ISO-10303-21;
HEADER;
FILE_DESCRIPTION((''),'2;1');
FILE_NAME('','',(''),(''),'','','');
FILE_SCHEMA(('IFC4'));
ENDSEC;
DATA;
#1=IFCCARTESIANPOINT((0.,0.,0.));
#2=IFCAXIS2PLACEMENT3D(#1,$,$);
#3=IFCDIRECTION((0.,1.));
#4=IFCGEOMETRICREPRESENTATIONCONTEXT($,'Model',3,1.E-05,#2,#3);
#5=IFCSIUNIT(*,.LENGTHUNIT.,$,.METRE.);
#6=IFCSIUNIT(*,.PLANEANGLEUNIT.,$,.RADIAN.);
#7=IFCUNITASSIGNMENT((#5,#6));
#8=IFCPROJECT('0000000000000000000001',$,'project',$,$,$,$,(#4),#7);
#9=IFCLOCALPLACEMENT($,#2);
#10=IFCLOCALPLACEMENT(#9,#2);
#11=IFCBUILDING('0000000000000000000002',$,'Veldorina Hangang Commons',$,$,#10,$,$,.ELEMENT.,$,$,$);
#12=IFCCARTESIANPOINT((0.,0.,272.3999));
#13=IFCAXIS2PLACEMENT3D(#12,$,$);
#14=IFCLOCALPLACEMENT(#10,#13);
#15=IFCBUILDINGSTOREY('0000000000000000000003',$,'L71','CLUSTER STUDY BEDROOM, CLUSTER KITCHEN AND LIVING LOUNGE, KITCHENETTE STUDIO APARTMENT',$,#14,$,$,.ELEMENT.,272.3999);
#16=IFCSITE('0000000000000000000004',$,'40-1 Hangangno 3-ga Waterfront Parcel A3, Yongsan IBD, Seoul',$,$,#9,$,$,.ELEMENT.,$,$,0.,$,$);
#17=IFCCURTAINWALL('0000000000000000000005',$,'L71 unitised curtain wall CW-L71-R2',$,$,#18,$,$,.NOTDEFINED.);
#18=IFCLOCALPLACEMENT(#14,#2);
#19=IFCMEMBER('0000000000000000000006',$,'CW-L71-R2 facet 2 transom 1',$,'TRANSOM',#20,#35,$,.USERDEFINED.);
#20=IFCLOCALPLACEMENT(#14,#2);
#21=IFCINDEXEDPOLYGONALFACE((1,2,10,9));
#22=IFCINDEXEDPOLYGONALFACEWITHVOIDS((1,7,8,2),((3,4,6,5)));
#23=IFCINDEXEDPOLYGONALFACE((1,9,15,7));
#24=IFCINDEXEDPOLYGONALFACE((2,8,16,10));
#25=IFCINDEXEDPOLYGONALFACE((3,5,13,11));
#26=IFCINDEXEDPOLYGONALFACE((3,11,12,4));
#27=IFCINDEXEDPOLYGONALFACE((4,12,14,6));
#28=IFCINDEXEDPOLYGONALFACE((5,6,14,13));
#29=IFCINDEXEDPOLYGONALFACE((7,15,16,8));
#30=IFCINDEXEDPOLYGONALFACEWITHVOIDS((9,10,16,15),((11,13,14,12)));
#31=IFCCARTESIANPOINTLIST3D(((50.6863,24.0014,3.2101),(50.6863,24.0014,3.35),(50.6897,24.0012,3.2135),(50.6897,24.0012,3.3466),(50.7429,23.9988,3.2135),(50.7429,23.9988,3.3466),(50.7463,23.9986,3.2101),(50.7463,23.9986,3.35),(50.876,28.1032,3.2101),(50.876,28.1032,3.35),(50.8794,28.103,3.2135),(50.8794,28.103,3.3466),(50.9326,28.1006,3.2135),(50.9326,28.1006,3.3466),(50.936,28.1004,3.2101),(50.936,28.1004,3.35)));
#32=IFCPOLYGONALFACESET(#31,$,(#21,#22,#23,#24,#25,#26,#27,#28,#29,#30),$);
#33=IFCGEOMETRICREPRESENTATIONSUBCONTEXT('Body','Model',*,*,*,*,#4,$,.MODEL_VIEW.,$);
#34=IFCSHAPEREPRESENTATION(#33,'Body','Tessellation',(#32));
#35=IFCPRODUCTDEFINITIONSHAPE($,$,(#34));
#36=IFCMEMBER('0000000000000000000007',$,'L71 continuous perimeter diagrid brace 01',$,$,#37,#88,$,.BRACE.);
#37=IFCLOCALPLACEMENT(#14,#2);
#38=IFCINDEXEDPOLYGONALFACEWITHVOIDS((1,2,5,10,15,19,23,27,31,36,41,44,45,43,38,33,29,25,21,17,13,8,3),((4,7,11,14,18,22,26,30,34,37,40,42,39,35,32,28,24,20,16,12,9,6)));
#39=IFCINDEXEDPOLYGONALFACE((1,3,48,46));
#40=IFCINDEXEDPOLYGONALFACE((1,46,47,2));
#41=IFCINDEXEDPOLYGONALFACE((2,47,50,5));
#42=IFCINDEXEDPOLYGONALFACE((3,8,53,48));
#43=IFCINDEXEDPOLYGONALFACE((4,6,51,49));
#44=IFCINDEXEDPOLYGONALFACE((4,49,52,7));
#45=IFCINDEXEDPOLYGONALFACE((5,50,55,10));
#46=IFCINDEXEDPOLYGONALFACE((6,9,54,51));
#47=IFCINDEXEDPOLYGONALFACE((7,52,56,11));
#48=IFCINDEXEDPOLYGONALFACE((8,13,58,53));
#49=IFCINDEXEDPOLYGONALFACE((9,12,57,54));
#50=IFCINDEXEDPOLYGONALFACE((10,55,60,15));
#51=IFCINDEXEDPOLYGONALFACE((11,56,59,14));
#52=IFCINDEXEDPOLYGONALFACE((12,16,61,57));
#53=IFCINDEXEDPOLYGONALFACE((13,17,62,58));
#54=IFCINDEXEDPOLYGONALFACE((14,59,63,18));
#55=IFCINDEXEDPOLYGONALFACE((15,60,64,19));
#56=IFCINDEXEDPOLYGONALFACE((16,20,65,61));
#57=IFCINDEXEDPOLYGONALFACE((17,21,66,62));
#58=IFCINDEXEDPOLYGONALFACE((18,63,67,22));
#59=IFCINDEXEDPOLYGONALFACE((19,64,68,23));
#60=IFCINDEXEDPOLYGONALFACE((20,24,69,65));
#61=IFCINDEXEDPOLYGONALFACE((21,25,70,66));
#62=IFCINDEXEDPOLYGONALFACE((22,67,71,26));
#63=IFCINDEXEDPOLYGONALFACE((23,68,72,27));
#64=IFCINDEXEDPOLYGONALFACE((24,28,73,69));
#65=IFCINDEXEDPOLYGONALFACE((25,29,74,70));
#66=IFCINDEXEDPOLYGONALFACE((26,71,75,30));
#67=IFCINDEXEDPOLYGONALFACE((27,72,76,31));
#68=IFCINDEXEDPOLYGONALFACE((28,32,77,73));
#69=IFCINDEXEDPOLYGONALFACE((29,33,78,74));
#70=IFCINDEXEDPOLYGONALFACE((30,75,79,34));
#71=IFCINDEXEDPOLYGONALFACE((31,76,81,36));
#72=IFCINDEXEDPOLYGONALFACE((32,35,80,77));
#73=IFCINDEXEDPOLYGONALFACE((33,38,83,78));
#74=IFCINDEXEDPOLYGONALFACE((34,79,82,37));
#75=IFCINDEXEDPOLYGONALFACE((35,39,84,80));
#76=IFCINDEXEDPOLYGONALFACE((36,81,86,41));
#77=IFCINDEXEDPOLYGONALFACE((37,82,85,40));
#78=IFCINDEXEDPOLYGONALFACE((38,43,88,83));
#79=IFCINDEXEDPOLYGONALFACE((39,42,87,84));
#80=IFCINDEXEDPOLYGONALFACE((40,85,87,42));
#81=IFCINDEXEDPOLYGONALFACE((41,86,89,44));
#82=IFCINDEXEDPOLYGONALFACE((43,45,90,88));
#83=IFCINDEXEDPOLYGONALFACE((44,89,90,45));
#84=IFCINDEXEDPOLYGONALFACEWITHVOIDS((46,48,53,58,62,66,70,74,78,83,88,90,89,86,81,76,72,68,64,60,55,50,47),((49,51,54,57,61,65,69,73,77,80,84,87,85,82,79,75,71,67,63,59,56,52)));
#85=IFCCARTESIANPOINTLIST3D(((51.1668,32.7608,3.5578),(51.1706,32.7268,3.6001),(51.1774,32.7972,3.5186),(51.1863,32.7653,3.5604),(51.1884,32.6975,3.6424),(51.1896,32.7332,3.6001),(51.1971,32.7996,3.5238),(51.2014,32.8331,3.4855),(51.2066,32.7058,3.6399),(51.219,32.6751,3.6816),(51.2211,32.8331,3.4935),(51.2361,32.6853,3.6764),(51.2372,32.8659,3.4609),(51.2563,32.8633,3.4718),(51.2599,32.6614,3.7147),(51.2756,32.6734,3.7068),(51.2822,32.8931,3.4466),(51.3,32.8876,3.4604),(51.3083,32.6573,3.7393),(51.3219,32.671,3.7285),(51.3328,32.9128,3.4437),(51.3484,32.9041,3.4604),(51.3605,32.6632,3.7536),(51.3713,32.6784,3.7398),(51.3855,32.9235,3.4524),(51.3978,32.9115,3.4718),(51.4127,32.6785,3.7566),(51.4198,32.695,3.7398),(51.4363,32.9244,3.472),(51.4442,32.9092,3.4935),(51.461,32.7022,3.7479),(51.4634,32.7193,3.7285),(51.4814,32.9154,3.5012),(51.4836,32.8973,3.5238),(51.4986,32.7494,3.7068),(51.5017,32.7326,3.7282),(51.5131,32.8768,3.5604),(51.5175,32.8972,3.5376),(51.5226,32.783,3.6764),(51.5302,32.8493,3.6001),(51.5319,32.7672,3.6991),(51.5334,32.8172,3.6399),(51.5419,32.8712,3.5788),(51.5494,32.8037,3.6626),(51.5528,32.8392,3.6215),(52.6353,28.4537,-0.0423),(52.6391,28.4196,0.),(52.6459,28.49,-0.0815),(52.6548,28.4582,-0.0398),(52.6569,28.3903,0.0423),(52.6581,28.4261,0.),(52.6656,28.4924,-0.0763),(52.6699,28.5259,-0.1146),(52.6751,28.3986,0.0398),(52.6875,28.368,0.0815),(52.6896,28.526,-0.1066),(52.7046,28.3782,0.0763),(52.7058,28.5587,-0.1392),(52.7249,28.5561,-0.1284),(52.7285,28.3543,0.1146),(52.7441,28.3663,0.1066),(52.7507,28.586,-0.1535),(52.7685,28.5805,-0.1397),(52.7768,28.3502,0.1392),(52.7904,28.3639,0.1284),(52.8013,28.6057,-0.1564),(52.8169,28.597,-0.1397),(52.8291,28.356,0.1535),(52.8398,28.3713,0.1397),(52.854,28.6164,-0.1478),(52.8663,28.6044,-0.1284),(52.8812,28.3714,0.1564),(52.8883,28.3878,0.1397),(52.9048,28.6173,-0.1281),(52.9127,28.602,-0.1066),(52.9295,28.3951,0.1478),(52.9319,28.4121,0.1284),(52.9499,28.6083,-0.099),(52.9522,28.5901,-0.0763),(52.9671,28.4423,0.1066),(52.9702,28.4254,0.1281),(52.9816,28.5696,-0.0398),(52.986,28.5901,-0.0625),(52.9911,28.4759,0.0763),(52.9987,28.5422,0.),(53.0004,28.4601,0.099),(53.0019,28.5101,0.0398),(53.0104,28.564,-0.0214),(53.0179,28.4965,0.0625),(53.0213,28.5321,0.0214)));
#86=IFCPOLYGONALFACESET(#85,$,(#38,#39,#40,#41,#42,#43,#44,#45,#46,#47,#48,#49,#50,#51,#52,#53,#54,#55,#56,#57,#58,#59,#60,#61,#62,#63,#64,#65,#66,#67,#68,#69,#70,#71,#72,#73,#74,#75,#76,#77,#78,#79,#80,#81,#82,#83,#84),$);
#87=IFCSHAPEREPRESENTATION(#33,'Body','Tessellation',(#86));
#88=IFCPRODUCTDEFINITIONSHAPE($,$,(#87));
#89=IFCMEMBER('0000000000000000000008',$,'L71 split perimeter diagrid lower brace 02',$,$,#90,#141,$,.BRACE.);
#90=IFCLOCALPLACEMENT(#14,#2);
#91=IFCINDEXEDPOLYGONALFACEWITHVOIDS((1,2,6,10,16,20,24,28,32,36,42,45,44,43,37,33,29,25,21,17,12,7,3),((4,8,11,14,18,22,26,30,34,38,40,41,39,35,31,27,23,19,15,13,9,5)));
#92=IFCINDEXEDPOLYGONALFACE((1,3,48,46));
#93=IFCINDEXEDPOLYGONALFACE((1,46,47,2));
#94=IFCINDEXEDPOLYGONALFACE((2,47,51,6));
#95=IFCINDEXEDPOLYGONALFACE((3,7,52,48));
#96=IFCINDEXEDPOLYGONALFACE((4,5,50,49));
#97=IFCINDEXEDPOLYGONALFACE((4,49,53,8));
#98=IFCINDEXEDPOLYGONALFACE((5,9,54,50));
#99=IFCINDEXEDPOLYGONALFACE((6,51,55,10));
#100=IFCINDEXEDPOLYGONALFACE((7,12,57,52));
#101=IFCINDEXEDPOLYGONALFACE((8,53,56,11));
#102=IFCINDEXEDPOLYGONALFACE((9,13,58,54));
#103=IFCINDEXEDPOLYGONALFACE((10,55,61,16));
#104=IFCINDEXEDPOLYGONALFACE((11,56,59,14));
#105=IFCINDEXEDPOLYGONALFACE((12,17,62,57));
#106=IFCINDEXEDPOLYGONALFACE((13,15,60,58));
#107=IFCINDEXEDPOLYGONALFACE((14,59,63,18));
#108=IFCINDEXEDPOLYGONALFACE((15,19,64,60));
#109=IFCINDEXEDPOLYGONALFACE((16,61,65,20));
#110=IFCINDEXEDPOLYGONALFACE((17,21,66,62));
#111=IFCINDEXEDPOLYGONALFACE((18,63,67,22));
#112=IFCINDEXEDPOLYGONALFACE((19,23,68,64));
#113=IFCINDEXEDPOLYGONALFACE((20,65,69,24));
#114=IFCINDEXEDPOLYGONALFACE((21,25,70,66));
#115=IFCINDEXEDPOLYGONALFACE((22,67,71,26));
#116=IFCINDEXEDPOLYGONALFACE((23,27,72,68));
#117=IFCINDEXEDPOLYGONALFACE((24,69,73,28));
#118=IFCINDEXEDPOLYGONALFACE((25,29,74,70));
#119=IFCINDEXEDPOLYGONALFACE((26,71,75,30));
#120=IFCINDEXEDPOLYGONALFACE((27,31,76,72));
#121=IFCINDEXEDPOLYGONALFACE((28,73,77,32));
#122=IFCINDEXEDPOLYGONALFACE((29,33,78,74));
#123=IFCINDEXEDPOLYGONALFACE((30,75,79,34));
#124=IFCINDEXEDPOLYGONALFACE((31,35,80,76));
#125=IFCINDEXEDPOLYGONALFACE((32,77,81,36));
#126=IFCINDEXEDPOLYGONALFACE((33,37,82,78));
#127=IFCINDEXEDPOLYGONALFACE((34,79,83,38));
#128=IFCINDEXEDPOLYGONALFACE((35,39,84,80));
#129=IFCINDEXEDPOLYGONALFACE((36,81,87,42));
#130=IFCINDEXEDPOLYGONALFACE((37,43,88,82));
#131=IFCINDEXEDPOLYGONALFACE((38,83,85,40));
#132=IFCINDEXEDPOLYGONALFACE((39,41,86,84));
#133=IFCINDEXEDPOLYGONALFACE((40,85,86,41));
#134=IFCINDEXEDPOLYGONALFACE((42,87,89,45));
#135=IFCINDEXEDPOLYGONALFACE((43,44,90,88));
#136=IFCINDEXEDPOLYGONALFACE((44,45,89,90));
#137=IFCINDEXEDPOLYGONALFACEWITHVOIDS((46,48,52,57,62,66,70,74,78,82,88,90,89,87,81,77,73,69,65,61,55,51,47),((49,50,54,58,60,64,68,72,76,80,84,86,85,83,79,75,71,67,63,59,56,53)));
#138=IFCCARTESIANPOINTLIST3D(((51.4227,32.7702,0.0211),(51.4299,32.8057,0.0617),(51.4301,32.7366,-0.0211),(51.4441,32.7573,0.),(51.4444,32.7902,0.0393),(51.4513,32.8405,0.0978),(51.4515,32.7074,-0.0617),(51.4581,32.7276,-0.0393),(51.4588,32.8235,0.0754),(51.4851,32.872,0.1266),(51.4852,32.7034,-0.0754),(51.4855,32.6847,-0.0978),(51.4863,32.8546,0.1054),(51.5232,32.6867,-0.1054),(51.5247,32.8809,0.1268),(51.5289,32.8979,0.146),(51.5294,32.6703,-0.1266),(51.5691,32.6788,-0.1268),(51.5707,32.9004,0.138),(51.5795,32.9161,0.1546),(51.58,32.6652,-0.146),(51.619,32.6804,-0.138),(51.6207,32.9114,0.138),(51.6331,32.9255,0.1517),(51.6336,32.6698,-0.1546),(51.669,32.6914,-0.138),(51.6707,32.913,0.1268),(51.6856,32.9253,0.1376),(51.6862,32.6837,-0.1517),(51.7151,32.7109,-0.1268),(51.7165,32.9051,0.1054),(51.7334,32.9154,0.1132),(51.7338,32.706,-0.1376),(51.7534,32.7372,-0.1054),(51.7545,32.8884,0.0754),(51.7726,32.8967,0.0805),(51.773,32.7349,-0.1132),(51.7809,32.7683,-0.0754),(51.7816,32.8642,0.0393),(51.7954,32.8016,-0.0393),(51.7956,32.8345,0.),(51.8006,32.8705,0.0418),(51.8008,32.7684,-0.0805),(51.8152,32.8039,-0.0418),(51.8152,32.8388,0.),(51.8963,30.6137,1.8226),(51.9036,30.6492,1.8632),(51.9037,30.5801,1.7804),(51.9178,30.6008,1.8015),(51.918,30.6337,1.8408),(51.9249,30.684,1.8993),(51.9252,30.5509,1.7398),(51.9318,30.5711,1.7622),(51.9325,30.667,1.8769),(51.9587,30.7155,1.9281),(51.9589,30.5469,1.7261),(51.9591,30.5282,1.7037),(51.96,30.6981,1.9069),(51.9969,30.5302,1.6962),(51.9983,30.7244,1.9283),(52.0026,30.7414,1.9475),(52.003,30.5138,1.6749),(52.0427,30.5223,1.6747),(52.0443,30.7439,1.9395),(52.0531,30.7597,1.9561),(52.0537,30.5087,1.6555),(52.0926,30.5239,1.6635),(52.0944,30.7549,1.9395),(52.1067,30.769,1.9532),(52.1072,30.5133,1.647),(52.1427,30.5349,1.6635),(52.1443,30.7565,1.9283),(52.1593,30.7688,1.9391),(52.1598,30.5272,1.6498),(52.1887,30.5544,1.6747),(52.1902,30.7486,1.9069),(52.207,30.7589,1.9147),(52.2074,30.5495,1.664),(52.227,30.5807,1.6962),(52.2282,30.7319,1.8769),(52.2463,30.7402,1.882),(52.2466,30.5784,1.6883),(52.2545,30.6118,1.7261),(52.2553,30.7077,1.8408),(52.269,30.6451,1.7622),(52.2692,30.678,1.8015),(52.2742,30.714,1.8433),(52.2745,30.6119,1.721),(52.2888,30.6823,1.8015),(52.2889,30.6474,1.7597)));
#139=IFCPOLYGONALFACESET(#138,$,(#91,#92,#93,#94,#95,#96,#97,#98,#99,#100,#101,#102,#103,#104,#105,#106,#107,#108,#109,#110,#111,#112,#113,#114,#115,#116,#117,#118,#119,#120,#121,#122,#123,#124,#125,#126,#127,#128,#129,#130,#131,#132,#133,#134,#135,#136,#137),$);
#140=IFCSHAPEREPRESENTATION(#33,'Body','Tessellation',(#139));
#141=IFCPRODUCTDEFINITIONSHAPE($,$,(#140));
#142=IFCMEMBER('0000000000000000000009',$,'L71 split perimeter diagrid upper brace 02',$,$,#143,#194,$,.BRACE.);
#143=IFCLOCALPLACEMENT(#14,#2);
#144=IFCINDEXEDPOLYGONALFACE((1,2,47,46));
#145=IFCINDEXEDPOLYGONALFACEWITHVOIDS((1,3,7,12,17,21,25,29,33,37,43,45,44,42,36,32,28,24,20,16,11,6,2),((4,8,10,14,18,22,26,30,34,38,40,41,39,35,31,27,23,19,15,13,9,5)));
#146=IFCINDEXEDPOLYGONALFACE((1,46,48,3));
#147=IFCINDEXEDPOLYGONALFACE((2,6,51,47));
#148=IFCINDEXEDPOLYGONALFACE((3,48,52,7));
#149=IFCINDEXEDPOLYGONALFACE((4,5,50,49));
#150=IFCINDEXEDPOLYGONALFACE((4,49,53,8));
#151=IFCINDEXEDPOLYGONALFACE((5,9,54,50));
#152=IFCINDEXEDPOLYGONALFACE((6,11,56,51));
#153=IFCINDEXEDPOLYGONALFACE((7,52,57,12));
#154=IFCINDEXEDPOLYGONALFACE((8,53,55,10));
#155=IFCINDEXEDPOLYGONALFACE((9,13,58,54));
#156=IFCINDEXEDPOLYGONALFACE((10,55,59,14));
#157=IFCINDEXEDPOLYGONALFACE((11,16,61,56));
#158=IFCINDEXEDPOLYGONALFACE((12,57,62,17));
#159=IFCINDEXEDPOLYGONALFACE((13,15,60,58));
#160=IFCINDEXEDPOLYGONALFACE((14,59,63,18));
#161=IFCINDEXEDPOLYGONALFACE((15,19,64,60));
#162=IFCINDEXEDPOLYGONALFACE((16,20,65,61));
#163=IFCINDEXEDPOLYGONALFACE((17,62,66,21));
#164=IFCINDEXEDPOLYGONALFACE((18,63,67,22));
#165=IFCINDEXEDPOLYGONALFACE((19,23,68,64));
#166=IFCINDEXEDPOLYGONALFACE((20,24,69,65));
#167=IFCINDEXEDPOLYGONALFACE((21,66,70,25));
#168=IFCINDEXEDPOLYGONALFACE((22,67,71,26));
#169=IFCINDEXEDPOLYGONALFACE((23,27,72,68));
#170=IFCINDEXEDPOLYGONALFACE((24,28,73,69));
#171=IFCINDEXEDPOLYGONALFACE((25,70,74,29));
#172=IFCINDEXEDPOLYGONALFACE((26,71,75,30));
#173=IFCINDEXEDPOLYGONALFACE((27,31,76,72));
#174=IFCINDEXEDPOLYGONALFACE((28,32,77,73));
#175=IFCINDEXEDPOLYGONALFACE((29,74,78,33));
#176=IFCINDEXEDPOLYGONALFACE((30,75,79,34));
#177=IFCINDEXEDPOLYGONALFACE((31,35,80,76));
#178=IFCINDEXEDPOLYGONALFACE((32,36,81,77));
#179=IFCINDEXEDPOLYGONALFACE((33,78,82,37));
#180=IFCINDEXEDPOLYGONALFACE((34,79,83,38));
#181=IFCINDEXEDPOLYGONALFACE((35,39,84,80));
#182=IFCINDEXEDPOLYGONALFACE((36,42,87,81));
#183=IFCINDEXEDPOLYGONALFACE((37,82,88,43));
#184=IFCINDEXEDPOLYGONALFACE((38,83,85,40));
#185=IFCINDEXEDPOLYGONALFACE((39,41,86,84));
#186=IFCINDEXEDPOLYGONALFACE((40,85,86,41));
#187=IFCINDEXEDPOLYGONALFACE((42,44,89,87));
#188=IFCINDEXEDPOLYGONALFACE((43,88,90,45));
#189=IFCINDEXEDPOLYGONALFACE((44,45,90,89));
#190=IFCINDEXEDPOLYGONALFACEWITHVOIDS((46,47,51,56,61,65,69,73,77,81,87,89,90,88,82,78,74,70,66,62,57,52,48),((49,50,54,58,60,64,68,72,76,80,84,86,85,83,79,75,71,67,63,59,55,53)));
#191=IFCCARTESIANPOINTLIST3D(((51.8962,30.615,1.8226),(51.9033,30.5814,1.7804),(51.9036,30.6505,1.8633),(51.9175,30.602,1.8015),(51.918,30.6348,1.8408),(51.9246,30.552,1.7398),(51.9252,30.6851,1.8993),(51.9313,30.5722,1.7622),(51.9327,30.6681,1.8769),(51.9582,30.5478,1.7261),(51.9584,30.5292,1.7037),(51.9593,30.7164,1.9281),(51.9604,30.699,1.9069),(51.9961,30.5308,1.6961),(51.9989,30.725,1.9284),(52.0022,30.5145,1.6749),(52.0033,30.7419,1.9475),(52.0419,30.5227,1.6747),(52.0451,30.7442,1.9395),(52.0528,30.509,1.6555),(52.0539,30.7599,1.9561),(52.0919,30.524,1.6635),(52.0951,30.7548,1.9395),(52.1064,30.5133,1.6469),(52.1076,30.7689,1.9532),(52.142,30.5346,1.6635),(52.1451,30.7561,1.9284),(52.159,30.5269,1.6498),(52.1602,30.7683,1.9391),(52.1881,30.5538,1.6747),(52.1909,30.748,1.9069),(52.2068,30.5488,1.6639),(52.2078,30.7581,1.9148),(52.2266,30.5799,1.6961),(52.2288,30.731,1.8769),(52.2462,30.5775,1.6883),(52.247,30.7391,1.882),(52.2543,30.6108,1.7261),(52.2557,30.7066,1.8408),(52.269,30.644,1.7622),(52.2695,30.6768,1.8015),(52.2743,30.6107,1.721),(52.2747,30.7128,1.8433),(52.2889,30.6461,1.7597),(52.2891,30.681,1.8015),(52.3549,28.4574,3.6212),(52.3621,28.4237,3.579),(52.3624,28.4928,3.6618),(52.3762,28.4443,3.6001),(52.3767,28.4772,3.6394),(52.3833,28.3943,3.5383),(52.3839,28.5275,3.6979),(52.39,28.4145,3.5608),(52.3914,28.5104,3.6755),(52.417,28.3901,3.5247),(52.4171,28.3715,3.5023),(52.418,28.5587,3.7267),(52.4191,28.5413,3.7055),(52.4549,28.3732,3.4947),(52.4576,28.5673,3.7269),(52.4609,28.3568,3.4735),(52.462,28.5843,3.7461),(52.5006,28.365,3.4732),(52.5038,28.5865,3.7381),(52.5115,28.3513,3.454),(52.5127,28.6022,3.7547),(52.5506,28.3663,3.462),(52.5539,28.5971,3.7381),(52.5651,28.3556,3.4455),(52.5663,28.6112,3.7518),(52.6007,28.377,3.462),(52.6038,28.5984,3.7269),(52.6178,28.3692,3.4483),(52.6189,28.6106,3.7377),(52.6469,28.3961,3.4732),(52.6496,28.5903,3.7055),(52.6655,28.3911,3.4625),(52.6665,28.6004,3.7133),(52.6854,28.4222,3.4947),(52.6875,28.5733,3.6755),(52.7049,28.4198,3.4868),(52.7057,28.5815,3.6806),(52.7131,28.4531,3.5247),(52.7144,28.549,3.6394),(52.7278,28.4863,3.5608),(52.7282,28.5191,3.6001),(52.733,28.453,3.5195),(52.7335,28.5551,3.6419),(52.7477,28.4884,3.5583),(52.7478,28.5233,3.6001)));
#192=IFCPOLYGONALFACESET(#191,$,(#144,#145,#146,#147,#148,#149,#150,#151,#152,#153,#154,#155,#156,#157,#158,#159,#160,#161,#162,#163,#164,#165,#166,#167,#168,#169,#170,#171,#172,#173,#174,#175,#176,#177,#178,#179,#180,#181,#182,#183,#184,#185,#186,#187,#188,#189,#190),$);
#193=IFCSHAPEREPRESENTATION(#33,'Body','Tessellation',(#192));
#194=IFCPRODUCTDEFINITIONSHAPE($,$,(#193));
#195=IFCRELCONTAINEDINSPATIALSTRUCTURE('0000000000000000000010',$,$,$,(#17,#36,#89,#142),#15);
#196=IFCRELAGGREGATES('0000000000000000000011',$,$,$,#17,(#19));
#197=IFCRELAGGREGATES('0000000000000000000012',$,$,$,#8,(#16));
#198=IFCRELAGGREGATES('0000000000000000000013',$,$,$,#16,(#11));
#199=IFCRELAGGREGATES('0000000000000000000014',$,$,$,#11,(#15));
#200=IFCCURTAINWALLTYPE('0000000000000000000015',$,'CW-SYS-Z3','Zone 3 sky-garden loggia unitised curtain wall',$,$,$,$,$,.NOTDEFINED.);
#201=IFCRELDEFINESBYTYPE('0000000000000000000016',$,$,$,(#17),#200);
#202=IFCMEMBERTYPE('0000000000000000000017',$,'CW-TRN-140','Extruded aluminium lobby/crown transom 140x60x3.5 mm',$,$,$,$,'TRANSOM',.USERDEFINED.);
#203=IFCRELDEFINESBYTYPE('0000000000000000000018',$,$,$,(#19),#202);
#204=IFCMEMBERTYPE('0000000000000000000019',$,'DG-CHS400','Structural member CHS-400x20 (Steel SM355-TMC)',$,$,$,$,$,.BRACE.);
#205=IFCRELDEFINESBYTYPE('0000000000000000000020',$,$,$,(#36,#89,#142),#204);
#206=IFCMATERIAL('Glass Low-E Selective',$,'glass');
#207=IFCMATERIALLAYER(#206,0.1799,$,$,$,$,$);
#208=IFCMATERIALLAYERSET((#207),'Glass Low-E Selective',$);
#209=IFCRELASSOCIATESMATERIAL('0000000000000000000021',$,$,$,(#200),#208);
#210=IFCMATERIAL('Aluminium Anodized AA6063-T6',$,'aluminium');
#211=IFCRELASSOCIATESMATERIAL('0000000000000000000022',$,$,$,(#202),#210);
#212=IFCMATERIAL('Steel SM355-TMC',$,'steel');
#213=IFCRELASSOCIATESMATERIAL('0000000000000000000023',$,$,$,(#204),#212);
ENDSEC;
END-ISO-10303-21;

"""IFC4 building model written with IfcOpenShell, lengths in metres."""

from ifc_helpers import new_model, si_unit, direction, frame, origin, origin_2d, place, context, subcontext, project, spatial, hollow_rectangle, hollow_circle, extrude, material, layer, layer_set, material_profile, profile_set, type_object, element, aggregate, save


model = new_model("IFC4")

# Units and contexts
model_context = context("Model", 3, precision=1e-05, world=origin(), true_north=direction((0.0, 1.0)))
body_context = subcontext(model_context, "Body", "Model", "MODEL_VIEW")
ifc_project = project(units=[si_unit("LENGTHUNIT", "METRE"), si_unit("PLANEANGLEUNIT", "RADIAN")], contexts=[model_context])

# Site, building, storey
site_placement = place(None, origin())
site = spatial("IfcSite", under=ifc_project, at=site_placement, Name="40-1 Hangangno 3-ga Waterfront Parcel A3, Yongsan IBD, Seoul", CompositionType="ELEMENT", RefElevation=0.0)
building_placement = place(site_placement, origin())
building = spatial("IfcBuilding", under=site, at=building_placement, Name="Veldorina Hangang Commons", CompositionType="ELEMENT")
storey_placement = place(building_placement, frame((0.0, 0.0, 272.3999)))
storey = spatial("IfcBuildingStorey", under=building, at=storey_placement, Name="L71", Description="CLUSTER STUDY BEDROOM, CLUSTER KITCHEN AND LIVING LOUNGE, KITCHENETTE STUDIO APARTMENT", CompositionType="ELEMENT", Elevation=272.3999)

# Shared definitions
ifc_material_1 = material(Name="Steel SM355-TMC", Category="steel")

# Curtain wall, member
ifc_material_2 = material(Name="Glass Low-E Selective", Category="glass")
ifc_layer_1 = layer(ifc_material_2, 0.1799)
ifc_layer_set_1 = layer_set([ifc_layer_1], Name="Glass Low-E Selective")
curtain_wall_type = type_object("IfcCurtainWallType", Name="CW-SYS-Z3", Description="Zone 3 sky-garden loggia unitised curtain wall", PredefinedType="NOTDEFINED", material=ifc_layer_set_1)
curtain_wall_placement = place(storey_placement, origin())
curtain_wall = element("IfcCurtainWall", 1, at=curtain_wall_placement, inside=storey, type_object=curtain_wall_type, Name="L71 unitised curtain wall CW-L71-R2", PredefinedType="NOTDEFINED")
ifc_material_3 = material(Name="Aluminium Anodized AA6063-T6", Category="aluminium")
ifc_material_profile_1 = material_profile(ifc_material_3, hollow_rectangle(XDim=0.0601, YDim=0.1399, WallThickness=0.0034, at=origin_2d()), Name="ALU-RHS-140x60x3.5")
ifc_profile_set_1 = profile_set([ifc_material_profile_1], Name="Aluminium Anodized AA6063-T6")
member_type_1 = type_object("IfcMemberType", Name="CW-TRN-140", Description="Extruded aluminium lobby/crown transom 140x60x3.5 mm", ElementType="TRANSOM", PredefinedType="USERDEFINED", material=ifc_profile_set_1)
member_1_placement = place(storey_placement, frame((50.7163, 24.0, 3.28), z_axis=(0.046198, 0.998932, 0.0), x_axis=(-0.998932, 0.046198, 0.0)))
member_1 = element("IfcMember", 2, at=member_1_placement, type_object=member_type_1, Name="CW-L71-R2 facet 2 transom 1", ObjectType="TRANSOM", PredefinedType="USERDEFINED", context=body_context, shape_type="SweptSolid", body=[
    extrude(hollow_rectangle(XDim=0.0601, YDim=0.1399, WallThickness=0.0034, at=origin_2d()), origin(), (0.0, 0.0, 1.0), 4.1062),
])

# Members
ifc_material_profile_2 = material_profile(ifc_material_1, hollow_circle(Radius=0.2, WallThickness=0.02, at=origin_2d()), Name="CHS-400x20")
ifc_profile_set_2 = profile_set([ifc_material_profile_2], Name="Steel SM355-TMC")
member_type_2 = type_object("IfcMemberType", Name="DG-CHS400", Description="Structural member CHS-400x20 (Steel SM355-TMC)", PredefinedType="BRACE", material=ifc_profile_set_2)
member_2_placement = place(storey_placement, frame((52.8284, 28.4841, 0.0), z_axis=(-0.253083, 0.742293, 0.620443), x_axis=(-0.946499, -0.322707, 0.0)))
element("IfcMember", 3, at=member_2_placement, inside=storey, type_object=member_type_2, Name="L71 continuous perimeter diagrid brace 01", PredefinedType="BRACE", context=body_context, shape_type="SweptSolid", body=[
    extrude(hollow_circle(Radius=0.2, WallThickness=0.02, at=origin_2d()), origin(), (0.0, 0.0, 1.0), 5.8025),
])
member_3_placement = place(storey_placement, frame((51.6199, 32.7959, 0.0), z_axis=(0.16621, -0.75677, 0.632198), x_axis=(0.97672, 0.214518, 0.0)))
element("IfcMember", 4, at=member_3_placement, inside=storey, type_object=member_type_2, Name="L71 split perimeter diagrid lower brace 02", PredefinedType="BRACE", context=body_context, shape_type="SweptSolid", body=[
    extrude(hollow_circle(Radius=0.2, WallThickness=0.02, at=origin_2d()), origin(), (0.0, 0.0, 1.0), 2.8496),
])
member_4_placement = place(storey_placement, frame((52.0935, 30.6394, 1.8015), z_axis=(0.161174, -0.758093, 0.631916), x_axis=(0.978138, 0.207957, 0.0)))
element("IfcMember", 5, at=member_4_placement, inside=storey, type_object=member_type_2, Name="L71 split perimeter diagrid upper brace 02", PredefinedType="BRACE", context=body_context, shape_type="SweptSolid", body=[
    extrude(hollow_circle(Radius=0.2, WallThickness=0.02, at=origin_2d()), origin(), (0.0, 0.0, 1.0), 2.8462),
])

aggregate(curtain_wall, [member_1])

save(model, "model.ifc")
